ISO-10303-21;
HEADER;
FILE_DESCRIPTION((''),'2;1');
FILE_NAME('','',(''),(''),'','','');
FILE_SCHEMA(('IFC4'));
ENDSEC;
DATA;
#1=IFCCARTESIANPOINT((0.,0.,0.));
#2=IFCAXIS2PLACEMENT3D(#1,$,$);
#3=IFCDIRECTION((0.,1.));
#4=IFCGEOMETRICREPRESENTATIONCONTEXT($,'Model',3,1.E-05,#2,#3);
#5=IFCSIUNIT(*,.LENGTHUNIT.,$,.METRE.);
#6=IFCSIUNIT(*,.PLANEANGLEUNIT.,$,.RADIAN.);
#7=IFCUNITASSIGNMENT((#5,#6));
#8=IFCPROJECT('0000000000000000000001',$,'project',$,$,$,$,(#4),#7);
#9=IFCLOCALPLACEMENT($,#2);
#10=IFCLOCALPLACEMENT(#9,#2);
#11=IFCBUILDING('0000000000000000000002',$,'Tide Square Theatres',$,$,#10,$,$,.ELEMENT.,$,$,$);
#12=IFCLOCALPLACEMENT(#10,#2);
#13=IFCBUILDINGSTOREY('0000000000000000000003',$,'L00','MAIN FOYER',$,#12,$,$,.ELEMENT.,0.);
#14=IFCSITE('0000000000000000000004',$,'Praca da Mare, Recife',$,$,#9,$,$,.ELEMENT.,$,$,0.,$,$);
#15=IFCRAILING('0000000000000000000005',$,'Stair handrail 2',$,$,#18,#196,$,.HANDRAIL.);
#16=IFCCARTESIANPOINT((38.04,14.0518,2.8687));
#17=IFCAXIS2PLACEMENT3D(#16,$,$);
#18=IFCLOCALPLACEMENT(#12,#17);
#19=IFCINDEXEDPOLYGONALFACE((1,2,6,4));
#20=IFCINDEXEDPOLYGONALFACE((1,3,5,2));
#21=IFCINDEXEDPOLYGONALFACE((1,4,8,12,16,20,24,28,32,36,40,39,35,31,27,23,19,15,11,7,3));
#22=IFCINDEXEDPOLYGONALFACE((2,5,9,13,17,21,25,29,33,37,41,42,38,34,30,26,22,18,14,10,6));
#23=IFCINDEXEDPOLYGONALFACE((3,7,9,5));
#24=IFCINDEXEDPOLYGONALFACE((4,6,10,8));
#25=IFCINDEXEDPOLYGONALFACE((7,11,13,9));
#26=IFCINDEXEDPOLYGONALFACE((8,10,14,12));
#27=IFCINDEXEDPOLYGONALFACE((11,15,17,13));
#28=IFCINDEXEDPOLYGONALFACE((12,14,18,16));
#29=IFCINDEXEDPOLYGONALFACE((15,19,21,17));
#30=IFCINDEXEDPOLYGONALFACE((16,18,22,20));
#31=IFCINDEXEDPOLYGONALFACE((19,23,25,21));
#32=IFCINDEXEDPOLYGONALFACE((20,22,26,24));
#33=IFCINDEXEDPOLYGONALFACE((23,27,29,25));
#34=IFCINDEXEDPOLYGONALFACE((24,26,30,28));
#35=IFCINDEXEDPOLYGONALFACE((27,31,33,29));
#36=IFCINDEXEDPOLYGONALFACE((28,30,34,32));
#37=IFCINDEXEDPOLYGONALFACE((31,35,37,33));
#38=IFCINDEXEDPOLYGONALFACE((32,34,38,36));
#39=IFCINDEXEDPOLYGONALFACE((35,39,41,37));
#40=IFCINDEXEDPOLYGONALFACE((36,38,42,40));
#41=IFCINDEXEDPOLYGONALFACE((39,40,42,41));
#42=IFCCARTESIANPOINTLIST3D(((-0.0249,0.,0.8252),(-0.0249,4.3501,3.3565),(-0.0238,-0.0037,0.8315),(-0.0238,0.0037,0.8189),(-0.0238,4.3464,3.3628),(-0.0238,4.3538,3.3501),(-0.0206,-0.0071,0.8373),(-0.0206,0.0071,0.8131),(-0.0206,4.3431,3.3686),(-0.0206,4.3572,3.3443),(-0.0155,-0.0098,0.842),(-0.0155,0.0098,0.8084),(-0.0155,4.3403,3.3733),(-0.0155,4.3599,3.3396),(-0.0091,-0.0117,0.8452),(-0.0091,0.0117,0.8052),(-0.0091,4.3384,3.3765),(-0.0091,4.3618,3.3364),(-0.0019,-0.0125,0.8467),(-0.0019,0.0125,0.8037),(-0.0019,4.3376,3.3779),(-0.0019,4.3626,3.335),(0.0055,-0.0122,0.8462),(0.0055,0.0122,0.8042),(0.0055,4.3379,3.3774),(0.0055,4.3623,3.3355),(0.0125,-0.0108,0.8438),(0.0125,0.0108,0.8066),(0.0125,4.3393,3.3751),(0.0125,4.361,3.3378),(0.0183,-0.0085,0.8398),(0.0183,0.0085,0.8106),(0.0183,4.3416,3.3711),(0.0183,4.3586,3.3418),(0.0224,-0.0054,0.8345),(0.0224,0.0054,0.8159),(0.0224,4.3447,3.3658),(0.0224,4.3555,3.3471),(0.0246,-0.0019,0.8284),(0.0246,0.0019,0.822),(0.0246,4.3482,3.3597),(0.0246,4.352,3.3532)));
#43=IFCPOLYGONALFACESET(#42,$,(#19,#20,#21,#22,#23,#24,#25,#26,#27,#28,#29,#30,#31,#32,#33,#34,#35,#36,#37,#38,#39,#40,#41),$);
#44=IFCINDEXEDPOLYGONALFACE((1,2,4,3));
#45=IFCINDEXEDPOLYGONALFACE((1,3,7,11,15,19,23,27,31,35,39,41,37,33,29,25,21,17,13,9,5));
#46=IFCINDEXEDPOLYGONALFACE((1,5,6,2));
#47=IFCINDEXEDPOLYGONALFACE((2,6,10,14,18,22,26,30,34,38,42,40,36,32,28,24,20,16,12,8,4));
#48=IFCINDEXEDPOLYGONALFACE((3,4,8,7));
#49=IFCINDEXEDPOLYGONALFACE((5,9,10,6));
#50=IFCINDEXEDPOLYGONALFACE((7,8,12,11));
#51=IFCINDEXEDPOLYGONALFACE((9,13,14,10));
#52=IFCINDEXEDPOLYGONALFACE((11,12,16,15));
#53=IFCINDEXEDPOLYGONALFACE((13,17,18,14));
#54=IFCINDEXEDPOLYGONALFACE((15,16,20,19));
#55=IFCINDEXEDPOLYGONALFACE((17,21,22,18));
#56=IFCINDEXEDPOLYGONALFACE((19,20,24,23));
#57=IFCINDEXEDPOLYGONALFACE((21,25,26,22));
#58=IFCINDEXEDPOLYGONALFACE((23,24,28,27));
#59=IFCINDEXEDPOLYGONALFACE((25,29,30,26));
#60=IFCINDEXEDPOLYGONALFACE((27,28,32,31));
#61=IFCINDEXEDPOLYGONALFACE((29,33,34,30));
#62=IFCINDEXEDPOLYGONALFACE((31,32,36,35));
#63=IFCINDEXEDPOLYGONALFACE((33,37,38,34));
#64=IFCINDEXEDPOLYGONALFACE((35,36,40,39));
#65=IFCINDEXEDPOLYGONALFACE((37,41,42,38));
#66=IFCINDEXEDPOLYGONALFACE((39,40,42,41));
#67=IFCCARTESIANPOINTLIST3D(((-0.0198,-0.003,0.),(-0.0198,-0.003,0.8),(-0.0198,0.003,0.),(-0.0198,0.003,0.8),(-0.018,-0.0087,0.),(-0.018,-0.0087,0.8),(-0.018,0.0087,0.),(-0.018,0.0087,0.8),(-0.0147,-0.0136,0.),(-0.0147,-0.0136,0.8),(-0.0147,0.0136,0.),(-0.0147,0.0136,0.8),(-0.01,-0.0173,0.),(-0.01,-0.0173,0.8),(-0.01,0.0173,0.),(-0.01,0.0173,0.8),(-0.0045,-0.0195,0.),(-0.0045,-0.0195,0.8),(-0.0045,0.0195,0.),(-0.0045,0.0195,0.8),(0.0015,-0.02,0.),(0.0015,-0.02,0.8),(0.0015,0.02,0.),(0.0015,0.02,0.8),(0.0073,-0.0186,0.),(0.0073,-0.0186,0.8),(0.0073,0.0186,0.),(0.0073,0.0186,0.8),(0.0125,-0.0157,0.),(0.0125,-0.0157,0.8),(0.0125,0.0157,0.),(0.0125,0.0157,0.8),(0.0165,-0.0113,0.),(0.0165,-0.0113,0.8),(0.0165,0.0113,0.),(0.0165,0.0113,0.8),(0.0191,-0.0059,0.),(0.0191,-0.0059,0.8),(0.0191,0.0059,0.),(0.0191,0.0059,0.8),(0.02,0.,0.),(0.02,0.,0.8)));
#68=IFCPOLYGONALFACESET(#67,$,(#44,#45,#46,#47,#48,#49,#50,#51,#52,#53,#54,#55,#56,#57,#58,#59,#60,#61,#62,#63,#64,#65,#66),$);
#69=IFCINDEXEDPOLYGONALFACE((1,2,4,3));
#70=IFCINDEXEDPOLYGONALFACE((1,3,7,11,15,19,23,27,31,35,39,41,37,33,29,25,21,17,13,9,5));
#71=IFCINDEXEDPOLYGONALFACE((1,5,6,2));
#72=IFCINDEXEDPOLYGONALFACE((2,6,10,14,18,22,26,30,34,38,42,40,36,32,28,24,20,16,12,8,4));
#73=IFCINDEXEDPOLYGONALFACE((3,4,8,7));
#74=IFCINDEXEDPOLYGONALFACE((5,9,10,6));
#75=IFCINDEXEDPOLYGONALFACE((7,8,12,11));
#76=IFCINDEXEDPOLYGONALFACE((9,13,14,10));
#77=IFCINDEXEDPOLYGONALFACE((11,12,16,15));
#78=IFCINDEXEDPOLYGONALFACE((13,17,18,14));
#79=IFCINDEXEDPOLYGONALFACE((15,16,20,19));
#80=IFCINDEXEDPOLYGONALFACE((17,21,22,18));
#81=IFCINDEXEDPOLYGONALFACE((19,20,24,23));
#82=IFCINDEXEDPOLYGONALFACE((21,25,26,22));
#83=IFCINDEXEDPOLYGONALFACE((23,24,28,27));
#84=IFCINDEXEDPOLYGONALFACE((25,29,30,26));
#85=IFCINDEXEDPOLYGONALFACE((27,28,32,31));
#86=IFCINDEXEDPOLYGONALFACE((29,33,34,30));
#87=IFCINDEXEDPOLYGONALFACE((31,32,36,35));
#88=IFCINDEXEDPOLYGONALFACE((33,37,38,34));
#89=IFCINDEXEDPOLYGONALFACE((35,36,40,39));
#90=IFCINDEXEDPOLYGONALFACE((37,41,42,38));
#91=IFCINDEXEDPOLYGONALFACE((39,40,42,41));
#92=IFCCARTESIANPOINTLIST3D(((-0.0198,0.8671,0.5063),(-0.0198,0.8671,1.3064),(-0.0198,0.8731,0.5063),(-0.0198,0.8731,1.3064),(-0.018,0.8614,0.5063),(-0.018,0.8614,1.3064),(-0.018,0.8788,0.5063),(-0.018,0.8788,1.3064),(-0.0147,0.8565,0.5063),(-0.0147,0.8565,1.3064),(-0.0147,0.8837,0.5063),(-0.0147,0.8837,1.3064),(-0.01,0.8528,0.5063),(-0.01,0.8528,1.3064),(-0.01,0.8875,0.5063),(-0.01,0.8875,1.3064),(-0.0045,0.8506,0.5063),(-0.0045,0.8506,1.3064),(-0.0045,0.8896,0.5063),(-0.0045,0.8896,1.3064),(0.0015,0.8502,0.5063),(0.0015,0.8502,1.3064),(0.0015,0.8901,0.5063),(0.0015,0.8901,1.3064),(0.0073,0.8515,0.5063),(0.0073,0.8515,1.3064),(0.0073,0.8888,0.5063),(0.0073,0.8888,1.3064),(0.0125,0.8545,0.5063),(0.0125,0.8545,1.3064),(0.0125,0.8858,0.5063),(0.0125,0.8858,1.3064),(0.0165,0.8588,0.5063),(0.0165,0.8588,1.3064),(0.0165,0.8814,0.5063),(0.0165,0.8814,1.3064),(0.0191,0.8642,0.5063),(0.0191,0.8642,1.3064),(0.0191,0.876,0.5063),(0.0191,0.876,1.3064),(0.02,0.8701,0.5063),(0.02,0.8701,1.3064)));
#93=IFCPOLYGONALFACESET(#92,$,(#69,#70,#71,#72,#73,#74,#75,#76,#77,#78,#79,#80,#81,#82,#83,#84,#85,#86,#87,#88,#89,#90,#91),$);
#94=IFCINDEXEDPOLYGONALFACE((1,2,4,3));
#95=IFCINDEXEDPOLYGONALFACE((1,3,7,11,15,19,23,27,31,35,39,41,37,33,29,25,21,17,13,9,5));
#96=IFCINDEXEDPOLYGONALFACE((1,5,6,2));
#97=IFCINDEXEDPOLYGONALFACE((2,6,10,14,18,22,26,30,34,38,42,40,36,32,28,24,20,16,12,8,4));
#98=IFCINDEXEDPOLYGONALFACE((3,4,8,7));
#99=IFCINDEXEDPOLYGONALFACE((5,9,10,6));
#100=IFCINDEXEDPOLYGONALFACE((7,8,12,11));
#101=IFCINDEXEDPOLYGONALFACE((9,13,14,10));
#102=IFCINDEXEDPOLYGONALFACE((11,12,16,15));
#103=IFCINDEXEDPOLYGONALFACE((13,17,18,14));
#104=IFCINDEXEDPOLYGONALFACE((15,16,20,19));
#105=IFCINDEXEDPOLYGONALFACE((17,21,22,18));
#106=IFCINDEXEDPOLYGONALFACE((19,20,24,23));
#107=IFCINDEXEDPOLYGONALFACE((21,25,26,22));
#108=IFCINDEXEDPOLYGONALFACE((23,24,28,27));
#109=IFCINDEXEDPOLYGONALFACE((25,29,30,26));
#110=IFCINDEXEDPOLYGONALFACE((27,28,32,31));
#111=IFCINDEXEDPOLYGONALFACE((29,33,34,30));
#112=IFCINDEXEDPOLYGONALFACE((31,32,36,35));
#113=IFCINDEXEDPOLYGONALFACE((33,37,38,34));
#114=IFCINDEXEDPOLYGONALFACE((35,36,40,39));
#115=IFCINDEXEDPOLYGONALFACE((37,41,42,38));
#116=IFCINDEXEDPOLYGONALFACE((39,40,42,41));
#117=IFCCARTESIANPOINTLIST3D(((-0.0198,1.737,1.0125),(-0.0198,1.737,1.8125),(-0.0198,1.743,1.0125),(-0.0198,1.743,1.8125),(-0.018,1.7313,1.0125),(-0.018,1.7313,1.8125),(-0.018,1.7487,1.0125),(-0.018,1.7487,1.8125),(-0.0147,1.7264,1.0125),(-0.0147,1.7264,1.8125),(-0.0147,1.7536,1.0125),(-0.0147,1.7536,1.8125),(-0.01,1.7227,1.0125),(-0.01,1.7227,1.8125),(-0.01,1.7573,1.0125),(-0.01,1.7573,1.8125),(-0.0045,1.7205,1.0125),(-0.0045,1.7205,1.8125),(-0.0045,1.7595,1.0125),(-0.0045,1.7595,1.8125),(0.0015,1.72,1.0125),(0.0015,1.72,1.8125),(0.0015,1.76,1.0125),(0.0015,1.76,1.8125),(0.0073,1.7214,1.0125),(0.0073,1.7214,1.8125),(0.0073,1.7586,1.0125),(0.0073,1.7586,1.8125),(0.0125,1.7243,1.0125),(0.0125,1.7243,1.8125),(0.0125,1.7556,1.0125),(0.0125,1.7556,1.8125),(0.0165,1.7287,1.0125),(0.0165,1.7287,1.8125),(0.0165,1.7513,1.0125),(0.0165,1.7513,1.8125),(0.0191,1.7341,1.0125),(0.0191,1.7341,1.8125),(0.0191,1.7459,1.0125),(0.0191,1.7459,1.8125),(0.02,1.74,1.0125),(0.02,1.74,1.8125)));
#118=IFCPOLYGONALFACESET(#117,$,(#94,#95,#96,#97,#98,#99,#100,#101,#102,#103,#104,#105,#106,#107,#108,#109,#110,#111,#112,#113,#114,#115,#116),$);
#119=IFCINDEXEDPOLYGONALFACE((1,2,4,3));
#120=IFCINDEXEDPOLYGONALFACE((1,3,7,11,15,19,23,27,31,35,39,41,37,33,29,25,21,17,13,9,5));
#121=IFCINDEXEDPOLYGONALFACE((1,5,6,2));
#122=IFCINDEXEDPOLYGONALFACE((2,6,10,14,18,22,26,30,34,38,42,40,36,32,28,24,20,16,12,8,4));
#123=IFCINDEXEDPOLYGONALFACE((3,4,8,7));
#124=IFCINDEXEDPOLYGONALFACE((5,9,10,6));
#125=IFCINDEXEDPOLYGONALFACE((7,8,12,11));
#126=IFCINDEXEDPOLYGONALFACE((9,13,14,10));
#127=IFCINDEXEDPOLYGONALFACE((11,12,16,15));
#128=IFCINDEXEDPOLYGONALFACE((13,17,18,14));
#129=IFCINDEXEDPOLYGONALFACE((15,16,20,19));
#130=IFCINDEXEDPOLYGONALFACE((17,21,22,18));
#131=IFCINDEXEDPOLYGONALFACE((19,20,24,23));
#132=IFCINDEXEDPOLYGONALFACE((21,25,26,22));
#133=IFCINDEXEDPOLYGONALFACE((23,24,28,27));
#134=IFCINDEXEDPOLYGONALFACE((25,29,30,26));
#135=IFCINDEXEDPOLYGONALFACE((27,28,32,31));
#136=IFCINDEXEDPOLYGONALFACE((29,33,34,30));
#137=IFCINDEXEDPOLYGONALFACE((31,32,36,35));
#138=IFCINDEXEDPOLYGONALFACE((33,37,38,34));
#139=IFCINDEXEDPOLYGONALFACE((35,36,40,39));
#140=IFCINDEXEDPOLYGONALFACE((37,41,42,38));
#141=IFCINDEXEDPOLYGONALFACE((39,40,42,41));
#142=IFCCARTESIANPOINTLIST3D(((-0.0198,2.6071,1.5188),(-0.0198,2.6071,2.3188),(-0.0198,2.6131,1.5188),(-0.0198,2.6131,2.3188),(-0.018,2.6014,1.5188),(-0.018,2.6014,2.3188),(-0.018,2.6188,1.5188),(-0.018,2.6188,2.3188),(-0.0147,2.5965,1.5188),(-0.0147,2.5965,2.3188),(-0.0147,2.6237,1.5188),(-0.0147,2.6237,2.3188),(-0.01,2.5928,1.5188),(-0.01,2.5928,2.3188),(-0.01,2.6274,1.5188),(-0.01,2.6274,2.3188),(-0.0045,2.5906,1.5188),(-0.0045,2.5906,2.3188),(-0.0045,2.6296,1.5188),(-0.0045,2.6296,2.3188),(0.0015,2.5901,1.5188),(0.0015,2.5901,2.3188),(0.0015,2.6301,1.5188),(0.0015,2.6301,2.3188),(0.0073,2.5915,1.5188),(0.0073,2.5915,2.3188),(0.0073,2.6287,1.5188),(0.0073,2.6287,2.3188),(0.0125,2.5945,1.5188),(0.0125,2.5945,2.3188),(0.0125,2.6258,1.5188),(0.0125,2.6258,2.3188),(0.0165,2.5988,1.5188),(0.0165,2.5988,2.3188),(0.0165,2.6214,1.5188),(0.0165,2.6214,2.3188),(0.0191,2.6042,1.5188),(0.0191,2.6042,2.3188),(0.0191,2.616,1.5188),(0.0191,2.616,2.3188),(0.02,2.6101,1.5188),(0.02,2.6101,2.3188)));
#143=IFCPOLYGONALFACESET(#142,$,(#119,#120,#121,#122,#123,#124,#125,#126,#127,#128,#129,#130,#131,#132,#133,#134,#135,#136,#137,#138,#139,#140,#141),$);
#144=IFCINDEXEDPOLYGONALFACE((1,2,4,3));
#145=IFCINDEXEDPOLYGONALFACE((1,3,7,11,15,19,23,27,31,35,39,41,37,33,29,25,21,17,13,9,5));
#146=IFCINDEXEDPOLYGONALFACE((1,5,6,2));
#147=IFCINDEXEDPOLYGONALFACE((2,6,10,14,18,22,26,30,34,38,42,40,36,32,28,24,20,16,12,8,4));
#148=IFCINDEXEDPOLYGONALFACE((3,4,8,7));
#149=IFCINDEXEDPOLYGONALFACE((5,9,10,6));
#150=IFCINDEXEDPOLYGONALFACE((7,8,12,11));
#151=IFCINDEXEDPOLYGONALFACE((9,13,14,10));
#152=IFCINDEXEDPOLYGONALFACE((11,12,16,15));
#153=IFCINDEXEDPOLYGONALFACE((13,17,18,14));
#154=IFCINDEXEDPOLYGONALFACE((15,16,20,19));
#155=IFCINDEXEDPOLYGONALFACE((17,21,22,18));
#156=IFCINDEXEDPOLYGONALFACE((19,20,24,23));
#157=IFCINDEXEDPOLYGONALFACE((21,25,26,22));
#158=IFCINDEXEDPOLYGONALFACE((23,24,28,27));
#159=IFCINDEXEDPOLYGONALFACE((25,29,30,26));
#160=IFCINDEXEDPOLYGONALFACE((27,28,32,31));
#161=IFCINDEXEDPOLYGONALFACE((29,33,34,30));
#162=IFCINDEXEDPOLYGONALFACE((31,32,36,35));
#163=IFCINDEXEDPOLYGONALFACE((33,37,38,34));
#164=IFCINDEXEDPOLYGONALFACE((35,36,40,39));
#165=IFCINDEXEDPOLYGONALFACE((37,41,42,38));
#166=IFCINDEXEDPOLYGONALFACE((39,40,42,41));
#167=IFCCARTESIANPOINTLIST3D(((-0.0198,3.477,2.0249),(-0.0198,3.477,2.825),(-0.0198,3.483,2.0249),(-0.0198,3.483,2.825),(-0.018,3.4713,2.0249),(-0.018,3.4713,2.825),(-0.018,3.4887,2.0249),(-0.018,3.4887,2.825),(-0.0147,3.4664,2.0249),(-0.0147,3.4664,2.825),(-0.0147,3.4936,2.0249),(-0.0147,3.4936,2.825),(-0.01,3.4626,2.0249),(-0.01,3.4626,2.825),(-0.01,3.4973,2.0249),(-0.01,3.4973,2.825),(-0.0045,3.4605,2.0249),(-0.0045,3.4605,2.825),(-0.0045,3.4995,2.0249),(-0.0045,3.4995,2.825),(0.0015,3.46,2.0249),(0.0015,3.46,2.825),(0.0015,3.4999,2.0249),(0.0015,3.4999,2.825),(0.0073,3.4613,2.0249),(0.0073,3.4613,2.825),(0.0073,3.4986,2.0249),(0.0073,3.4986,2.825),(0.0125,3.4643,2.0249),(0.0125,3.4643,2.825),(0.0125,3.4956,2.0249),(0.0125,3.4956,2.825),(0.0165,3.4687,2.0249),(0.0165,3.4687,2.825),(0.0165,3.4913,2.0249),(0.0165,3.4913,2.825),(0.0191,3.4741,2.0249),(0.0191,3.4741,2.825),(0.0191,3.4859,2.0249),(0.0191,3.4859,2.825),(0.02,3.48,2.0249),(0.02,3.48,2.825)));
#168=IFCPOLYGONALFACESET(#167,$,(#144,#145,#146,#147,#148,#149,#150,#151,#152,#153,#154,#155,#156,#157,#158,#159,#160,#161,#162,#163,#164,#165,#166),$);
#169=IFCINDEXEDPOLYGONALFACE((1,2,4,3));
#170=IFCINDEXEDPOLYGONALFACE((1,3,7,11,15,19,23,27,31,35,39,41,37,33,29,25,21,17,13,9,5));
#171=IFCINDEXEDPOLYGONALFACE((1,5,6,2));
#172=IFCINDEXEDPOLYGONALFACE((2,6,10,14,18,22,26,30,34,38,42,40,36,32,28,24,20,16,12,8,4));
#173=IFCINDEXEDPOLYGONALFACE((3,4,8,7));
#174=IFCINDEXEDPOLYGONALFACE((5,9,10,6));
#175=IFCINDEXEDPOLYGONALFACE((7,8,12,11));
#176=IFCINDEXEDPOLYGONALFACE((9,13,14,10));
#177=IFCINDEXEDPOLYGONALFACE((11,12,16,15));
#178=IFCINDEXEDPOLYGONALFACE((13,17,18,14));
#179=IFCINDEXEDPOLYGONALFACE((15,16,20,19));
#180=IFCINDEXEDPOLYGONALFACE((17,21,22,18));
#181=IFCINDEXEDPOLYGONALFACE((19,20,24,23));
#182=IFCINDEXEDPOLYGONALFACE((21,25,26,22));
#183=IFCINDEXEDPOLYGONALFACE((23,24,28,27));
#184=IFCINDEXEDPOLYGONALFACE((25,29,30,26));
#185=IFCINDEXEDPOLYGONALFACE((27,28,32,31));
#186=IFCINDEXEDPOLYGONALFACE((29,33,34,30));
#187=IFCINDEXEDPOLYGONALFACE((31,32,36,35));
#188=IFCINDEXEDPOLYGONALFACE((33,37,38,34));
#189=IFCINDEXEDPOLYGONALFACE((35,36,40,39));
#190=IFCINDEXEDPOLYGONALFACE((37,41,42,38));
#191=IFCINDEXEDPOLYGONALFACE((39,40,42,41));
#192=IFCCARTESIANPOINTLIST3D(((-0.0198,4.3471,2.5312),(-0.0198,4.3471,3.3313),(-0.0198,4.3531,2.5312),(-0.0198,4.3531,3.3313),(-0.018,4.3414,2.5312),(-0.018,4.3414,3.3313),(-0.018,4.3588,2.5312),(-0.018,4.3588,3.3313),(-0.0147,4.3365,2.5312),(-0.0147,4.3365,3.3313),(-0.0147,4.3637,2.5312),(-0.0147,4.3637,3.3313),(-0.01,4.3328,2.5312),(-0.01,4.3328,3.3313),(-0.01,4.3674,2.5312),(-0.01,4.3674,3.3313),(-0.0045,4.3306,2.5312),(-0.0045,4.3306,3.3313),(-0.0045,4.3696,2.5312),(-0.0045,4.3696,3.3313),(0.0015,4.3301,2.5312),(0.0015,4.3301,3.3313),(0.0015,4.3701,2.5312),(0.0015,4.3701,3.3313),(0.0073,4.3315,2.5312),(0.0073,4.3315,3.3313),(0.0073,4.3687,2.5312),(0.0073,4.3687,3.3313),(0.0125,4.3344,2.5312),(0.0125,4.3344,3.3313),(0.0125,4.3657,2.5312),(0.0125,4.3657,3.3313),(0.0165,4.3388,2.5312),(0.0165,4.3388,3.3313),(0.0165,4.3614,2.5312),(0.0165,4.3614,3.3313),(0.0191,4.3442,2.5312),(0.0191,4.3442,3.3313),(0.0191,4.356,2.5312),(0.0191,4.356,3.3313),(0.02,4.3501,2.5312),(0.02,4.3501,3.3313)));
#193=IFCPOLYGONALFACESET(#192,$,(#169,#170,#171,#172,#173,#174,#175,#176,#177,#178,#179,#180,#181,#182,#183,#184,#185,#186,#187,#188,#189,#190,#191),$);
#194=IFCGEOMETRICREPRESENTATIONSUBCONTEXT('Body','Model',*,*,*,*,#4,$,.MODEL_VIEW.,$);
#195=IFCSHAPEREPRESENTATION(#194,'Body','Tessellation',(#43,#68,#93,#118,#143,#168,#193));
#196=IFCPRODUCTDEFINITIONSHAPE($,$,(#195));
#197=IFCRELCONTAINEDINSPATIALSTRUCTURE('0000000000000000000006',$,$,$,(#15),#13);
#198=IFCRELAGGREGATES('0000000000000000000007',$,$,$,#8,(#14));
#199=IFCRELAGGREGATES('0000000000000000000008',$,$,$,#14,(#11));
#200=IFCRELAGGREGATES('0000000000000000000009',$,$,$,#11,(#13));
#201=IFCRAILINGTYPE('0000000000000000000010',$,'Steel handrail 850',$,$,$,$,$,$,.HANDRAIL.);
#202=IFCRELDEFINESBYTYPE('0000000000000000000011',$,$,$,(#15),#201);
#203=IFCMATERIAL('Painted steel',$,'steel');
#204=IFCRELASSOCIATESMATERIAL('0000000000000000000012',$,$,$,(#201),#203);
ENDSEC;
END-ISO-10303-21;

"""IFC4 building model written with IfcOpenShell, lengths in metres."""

from ifc_helpers import new_model, si_unit, direction, frame, origin, origin_2d, place, context, subcontext, project, spatial, circle, extrude, material, type_object, element, save


model = new_model("IFC4")

# Units and contexts
model_context = context("Model", 3, precision=1e-05, world=origin(), true_north=direction((0.0, 1.0)))
body_context = subcontext(model_context, "Body", "Model", "MODEL_VIEW")
ifc_project = project(units=[si_unit("LENGTHUNIT", "METRE"), si_unit("PLANEANGLEUNIT", "RADIAN")], contexts=[model_context])

# Site, building, storey
site_placement = place(None, origin())
site = spatial("IfcSite", under=ifc_project, at=site_placement, Name="Praca da Mare, Recife", CompositionType="ELEMENT", RefElevation=0.0)
building_placement = place(site_placement, origin())
building = spatial("IfcBuilding", under=site, at=building_placement, Name="Tide Square Theatres", CompositionType="ELEMENT")
storey_placement = place(building_placement, origin())
storey = spatial("IfcBuildingStorey", under=building, at=storey_placement, Name="L00", Description="MAIN FOYER", CompositionType="ELEMENT", Elevation=0.0)

# Railing
ifc_material_1 = material(Name="Painted steel", Category="steel")
railing_type = type_object("IfcRailingType", Name="Steel handrail 850", PredefinedType="HANDRAIL", material=ifc_material_1)
for number, where, name in (
    (1, (38.04, 14.0518, 2.8687), "Stair handrail 2"),
):
    element("IfcRailing", number, at=place(storey_placement, frame(where)), inside=storey, type_object=railing_type, Name=name, PredefinedType="HANDRAIL", context=body_context, shape_type="SweptSolid", body=[
        extrude(circle(Radius=0.0249, at=origin_2d()), frame((0.0, 0.0, 0.8252), z_axis=(0.0, 0.864324, 0.502936), x_axis=(-1.0, 0.0, 0.0)), (0.0, 0.0, 1.0), 5.033),
        extrude(circle(Radius=0.02, at=origin_2d()), origin(), (0.0, 0.0, 1.0), 0.8),
        extrude(circle(Radius=0.02, at=origin_2d()), frame((0.0, 0.8701, 0.5063)), (0.0, 0.0, 1.0), 0.8),
        extrude(circle(Radius=0.02, at=origin_2d()), frame((0.0, 1.74, 1.0125)), (0.0, 0.0, 1.0), 0.8),
        extrude(circle(Radius=0.02, at=origin_2d()), frame((0.0, 2.6101, 1.5188)), (0.0, 0.0, 1.0), 0.8),
        extrude(circle(Radius=0.02, at=origin_2d()), frame((0.0, 3.48, 2.0249)), (0.0, 0.0, 1.0), 0.8),
        extrude(circle(Radius=0.02, at=origin_2d()), frame((0.0, 4.3501, 2.5312)), (0.0, 0.0, 1.0), 0.8),
    ])

save(model, "model.ifc")
